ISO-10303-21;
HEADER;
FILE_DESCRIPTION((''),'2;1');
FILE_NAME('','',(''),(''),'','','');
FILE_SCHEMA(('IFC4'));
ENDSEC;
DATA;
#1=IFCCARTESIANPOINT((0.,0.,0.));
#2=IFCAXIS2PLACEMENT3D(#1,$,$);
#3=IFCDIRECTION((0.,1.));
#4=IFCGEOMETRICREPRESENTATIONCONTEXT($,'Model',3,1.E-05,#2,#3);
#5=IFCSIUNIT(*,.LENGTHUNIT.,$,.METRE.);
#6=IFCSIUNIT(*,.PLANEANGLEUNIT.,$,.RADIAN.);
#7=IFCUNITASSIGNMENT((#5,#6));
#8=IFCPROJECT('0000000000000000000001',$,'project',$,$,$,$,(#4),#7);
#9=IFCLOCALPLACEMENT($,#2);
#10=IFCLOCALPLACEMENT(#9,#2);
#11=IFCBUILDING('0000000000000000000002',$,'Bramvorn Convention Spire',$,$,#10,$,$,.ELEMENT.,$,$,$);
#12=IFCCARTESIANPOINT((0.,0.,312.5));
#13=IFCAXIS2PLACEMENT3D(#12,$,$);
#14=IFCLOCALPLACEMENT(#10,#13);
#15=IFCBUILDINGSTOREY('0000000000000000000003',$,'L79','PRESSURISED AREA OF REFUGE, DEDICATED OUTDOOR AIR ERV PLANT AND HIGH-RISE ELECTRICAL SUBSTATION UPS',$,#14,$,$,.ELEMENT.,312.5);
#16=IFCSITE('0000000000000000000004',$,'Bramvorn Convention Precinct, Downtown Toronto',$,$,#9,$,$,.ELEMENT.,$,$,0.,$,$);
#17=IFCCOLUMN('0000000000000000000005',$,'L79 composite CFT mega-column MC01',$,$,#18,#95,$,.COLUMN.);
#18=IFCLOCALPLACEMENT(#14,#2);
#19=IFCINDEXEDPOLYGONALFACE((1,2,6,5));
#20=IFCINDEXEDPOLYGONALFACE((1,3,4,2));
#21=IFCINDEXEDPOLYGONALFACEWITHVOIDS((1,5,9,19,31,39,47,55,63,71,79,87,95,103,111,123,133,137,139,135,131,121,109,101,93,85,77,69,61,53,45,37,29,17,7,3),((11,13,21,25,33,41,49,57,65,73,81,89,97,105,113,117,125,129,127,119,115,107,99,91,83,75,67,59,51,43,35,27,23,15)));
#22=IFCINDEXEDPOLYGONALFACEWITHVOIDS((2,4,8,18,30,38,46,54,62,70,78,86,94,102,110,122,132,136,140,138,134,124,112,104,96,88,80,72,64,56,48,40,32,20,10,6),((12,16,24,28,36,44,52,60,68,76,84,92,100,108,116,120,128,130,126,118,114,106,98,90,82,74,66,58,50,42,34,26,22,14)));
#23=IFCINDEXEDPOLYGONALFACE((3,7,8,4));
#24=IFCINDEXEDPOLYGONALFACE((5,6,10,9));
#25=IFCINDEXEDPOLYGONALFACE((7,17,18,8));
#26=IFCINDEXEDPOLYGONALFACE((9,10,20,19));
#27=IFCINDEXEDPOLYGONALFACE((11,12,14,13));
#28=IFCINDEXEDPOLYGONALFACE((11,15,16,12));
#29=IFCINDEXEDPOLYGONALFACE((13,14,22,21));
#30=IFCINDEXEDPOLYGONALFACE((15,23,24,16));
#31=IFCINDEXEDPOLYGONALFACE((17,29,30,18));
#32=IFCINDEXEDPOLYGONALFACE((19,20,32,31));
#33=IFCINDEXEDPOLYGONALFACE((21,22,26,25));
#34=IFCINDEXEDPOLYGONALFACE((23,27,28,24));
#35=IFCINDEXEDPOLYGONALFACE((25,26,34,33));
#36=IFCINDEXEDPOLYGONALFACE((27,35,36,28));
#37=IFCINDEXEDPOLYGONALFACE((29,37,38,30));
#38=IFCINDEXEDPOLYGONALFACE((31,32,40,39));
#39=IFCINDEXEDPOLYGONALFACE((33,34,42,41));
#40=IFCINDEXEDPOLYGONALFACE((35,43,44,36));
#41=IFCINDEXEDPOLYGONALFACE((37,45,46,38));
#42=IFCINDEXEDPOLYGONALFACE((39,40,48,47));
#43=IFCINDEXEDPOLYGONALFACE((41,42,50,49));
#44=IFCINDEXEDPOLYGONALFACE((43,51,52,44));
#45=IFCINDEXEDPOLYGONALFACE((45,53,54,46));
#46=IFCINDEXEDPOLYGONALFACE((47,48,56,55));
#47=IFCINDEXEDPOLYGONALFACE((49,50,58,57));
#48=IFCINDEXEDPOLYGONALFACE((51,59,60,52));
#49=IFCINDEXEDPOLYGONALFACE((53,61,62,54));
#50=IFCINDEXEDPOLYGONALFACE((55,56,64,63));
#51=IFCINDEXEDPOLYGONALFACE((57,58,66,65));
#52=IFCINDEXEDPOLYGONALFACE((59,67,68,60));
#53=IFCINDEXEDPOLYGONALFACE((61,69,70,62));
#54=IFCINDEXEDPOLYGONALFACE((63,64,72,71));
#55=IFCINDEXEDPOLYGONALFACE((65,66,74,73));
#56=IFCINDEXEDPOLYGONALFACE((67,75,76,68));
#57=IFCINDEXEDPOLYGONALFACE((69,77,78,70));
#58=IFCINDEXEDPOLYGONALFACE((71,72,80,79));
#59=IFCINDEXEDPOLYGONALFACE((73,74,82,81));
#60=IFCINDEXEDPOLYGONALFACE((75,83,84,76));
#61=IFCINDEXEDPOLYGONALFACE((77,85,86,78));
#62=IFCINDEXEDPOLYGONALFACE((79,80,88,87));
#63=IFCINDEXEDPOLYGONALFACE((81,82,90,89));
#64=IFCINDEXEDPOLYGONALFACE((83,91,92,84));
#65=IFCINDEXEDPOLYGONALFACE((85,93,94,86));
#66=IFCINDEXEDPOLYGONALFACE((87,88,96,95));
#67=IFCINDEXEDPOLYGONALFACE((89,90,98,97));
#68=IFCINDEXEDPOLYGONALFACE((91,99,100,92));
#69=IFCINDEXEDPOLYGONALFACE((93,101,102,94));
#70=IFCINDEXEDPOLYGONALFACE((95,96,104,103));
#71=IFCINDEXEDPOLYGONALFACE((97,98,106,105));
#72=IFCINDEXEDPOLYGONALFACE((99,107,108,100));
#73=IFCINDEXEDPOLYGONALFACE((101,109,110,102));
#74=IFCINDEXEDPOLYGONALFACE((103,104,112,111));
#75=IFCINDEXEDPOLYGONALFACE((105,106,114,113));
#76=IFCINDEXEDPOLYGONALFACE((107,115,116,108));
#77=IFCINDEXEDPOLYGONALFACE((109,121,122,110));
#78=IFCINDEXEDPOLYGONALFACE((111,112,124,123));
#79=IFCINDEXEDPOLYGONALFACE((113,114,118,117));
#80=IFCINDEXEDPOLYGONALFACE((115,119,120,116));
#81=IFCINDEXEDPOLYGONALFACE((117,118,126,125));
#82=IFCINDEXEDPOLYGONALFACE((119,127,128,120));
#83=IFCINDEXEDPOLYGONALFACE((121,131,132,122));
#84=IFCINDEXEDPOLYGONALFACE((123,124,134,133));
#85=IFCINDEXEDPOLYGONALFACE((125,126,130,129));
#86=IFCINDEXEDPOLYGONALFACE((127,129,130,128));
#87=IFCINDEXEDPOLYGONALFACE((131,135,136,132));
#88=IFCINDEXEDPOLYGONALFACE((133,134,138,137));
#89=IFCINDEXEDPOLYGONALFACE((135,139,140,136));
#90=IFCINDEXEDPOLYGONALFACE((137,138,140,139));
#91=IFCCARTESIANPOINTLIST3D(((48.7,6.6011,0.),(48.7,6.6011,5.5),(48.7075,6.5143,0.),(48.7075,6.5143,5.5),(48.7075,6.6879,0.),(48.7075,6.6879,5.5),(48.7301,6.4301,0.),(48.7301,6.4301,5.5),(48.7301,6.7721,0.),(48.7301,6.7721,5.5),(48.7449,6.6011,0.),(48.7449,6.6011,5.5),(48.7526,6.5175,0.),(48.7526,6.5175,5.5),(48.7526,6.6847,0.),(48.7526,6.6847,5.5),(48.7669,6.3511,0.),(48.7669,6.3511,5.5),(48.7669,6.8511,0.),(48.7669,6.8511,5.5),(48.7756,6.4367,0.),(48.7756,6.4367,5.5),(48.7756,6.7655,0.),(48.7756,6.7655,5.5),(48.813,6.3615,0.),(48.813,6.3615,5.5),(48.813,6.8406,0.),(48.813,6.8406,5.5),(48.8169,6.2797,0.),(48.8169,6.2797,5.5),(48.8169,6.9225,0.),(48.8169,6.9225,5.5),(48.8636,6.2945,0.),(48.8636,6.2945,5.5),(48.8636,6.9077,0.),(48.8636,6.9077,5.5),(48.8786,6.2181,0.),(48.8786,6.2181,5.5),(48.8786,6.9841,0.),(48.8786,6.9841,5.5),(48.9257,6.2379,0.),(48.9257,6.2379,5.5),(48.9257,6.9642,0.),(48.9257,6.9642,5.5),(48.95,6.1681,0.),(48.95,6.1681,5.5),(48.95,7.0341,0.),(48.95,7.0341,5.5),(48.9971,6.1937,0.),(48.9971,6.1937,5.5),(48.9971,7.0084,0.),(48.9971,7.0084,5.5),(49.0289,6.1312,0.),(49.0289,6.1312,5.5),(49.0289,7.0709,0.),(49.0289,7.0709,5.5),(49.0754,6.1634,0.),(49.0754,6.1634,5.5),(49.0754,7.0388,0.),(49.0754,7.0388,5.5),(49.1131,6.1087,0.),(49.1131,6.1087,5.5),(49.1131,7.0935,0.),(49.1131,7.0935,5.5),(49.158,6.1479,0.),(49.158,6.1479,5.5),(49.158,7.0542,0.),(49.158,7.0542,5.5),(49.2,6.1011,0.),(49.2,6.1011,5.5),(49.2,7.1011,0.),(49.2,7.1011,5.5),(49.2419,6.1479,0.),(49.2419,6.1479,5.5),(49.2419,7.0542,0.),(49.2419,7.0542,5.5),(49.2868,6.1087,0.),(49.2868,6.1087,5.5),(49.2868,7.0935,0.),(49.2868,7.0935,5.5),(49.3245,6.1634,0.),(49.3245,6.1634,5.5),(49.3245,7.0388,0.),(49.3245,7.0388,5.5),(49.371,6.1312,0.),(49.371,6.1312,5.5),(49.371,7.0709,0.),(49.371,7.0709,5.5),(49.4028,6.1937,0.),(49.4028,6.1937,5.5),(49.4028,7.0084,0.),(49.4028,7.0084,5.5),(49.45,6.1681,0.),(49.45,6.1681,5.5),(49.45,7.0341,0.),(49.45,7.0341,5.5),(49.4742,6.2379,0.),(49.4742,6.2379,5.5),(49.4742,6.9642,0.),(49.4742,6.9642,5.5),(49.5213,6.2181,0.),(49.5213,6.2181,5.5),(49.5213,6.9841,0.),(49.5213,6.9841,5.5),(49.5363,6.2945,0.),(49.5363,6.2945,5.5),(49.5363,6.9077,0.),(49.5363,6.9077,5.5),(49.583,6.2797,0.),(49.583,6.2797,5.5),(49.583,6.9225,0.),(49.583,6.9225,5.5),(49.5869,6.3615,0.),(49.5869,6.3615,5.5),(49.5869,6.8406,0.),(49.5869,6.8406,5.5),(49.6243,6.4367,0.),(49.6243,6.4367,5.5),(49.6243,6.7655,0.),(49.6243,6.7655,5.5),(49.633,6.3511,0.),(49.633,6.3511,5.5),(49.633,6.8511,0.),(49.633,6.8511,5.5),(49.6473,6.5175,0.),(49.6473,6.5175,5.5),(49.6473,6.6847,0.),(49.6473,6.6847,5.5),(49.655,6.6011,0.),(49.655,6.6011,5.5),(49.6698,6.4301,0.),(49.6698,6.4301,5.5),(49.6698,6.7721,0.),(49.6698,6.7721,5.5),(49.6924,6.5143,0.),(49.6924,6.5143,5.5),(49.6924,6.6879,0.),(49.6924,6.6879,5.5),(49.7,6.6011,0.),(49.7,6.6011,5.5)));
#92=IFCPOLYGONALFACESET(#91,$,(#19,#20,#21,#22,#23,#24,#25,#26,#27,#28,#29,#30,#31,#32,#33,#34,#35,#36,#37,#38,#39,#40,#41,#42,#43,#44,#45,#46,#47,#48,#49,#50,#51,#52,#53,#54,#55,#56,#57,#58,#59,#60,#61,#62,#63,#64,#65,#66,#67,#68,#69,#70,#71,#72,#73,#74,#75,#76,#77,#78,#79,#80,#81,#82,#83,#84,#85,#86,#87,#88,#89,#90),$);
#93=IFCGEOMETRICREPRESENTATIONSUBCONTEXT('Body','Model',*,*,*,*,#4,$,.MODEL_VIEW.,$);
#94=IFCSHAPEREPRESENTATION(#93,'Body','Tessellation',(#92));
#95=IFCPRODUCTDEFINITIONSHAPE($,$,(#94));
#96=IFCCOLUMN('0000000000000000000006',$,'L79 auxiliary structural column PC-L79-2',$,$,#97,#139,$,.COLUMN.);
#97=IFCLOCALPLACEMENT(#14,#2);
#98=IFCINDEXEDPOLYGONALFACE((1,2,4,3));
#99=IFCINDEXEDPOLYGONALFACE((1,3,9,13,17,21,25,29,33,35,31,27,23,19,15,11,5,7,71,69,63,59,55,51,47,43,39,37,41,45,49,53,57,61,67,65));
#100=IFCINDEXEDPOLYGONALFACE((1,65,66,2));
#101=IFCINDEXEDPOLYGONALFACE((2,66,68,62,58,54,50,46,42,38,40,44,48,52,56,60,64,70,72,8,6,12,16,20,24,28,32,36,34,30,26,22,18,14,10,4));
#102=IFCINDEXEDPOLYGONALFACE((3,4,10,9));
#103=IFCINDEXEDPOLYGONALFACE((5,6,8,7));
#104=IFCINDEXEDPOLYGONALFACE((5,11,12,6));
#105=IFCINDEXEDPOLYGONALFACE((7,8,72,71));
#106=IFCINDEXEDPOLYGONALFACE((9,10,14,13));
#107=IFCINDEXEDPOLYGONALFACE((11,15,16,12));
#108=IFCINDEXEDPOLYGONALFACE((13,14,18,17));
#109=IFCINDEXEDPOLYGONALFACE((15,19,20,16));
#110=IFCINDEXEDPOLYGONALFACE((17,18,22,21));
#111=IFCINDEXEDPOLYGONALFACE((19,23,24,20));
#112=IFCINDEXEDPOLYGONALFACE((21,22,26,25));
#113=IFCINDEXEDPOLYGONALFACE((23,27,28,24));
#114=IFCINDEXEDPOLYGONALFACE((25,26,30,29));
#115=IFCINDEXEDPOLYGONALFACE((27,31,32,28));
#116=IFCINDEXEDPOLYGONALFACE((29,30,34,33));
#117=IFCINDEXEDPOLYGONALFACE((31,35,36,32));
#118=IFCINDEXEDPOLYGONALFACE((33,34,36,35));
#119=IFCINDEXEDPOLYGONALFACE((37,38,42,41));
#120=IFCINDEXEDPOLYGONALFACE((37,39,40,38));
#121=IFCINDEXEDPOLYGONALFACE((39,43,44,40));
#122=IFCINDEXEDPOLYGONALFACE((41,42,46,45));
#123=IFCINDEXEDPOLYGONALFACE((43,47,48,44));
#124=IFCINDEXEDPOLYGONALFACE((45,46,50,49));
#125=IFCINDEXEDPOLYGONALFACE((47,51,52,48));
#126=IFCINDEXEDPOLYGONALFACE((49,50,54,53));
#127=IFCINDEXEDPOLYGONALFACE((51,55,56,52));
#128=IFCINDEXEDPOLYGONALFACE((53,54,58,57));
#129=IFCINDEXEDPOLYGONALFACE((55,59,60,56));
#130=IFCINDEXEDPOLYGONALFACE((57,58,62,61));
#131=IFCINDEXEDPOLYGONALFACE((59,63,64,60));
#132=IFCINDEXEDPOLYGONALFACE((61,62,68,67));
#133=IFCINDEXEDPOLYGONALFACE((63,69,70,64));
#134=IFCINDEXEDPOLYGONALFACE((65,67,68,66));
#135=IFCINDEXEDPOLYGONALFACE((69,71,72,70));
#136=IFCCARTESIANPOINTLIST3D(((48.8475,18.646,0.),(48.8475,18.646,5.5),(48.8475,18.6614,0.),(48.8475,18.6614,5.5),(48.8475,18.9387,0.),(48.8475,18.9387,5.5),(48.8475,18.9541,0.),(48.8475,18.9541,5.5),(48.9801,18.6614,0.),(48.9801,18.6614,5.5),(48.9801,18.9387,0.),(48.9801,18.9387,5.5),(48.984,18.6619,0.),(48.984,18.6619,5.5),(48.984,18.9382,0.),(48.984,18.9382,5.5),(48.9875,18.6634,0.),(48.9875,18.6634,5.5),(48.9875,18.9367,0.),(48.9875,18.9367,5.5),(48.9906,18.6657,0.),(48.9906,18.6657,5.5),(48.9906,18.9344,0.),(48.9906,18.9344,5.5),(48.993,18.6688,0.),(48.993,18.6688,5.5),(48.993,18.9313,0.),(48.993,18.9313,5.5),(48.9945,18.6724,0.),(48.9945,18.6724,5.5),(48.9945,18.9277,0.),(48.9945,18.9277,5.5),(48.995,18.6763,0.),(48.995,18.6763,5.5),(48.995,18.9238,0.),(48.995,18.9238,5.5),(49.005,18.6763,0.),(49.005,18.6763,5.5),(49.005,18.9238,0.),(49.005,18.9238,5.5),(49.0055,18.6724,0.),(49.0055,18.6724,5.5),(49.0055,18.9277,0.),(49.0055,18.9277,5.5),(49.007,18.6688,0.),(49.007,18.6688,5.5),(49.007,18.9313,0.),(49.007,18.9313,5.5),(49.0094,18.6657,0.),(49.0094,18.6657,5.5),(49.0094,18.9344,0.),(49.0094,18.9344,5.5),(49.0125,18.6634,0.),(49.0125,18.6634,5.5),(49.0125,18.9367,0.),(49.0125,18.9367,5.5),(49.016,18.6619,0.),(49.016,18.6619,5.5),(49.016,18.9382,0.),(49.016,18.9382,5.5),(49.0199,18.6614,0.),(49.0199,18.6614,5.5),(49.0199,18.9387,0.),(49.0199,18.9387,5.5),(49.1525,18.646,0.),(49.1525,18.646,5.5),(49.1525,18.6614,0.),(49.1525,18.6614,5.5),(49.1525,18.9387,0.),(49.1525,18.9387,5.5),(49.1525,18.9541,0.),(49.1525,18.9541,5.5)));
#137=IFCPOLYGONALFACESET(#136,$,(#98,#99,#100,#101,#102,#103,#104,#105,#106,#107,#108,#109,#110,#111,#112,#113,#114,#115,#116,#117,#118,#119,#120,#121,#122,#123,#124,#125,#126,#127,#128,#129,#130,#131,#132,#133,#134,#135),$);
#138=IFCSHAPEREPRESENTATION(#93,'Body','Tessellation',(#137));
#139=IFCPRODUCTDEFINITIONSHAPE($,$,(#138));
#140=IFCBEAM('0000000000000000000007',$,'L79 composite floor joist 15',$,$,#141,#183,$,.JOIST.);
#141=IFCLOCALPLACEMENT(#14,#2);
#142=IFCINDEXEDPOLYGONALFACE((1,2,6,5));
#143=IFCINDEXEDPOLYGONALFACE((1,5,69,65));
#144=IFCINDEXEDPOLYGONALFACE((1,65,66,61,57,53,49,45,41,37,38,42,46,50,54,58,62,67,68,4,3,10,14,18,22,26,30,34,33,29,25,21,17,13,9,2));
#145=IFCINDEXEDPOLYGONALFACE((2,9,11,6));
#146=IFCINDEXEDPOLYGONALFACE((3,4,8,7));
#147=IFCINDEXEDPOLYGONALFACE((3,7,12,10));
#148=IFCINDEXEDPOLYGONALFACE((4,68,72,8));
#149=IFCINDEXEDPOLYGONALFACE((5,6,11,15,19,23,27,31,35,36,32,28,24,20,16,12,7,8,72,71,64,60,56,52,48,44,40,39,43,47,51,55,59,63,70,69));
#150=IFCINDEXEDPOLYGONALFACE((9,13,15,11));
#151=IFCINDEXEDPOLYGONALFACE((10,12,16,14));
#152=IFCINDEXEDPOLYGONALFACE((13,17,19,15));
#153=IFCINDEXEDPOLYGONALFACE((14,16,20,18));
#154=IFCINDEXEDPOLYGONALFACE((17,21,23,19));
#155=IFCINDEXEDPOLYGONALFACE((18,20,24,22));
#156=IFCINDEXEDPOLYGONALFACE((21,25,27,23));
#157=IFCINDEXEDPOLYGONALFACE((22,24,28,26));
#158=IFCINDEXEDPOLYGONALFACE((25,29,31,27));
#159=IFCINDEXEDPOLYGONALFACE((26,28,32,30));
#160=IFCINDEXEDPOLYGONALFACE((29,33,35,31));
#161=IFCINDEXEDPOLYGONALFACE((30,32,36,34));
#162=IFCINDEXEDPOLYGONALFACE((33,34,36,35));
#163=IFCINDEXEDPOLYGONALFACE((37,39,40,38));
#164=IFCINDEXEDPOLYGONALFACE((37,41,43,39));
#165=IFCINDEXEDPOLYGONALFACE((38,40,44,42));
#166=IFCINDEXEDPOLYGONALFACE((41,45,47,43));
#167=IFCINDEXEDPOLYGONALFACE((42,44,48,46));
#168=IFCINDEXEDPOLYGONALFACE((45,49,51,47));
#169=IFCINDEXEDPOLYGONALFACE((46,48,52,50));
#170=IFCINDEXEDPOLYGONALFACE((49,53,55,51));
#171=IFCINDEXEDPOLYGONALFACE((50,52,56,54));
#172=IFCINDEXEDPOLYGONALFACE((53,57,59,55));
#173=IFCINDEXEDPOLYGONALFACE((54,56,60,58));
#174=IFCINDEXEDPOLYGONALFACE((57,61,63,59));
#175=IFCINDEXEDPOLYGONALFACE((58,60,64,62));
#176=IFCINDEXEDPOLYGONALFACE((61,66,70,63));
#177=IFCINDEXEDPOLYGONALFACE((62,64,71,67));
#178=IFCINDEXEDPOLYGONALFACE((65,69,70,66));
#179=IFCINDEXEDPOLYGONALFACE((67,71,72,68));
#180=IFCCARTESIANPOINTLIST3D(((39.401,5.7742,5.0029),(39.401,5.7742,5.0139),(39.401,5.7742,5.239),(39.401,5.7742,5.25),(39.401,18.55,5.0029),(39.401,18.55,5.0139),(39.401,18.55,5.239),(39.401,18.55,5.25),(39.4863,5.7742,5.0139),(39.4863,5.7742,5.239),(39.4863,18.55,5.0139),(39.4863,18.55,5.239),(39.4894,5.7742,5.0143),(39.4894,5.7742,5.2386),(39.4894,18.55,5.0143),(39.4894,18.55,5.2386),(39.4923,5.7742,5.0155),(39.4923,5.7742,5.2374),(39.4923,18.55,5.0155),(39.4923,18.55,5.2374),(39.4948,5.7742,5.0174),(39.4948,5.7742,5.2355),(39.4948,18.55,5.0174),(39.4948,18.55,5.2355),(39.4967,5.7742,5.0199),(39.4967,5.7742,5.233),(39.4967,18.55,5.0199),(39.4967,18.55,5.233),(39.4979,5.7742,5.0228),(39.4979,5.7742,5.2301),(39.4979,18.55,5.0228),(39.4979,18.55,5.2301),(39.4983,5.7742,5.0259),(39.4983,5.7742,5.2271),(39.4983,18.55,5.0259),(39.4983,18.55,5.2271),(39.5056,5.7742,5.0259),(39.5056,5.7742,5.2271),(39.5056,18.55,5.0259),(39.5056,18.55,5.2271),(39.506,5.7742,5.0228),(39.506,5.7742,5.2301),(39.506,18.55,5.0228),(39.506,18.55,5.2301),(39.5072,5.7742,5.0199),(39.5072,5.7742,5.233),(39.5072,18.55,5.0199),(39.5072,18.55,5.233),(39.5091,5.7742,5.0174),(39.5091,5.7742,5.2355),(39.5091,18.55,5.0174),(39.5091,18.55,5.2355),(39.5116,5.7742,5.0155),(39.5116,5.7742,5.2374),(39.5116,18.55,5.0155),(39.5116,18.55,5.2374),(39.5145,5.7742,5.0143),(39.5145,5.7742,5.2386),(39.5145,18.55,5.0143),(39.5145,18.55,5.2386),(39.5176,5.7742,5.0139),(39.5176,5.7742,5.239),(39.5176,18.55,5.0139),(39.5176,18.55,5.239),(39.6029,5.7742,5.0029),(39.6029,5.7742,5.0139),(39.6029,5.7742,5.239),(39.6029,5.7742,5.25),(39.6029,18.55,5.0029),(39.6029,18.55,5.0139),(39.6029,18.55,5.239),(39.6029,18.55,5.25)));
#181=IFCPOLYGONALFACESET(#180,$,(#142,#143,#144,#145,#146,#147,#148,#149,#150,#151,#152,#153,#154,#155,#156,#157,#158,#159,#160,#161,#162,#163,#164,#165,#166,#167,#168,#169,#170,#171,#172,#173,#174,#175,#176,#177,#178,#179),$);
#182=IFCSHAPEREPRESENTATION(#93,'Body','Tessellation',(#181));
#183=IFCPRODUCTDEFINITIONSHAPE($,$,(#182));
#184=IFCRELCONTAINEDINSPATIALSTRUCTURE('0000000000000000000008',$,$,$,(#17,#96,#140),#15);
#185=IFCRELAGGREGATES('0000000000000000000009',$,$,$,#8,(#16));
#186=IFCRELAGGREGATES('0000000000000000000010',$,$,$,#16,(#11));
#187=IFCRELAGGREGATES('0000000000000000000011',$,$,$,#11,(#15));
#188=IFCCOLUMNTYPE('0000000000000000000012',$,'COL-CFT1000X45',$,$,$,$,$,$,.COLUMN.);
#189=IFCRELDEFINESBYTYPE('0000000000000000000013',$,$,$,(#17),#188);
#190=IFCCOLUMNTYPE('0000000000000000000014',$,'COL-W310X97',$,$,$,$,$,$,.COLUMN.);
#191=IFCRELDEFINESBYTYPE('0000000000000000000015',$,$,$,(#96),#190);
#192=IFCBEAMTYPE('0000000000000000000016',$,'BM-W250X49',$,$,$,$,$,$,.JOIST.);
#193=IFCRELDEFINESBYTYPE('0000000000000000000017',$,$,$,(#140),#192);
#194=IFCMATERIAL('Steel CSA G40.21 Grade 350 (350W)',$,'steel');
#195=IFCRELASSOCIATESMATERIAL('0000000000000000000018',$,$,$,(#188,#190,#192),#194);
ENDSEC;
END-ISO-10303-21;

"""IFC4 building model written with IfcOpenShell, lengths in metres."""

from ifc_helpers import new_model, si_unit, direction, frame, origin, origin_2d, place, context, subcontext, project, spatial, hollow_circle, i_section, extrude, material, material_profile, profile_set, type_object, element, save


model = new_model("IFC4")

# Units and contexts
model_context = context("Model", 3, precision=1e-05, world=origin(), true_north=direction((0.0, 1.0)))
body_context = subcontext(model_context, "Body", "Model", "MODEL_VIEW")
ifc_project = project(units=[si_unit("LENGTHUNIT", "METRE"), si_unit("PLANEANGLEUNIT", "RADIAN")], contexts=[model_context])

# Site, building, storey
site_placement = place(None, origin())
site = spatial("IfcSite", under=ifc_project, at=site_placement, Name="Bramvorn Convention Precinct, Downtown Toronto", CompositionType="ELEMENT", RefElevation=0.0)
building_placement = place(site_placement, origin())
building = spatial("IfcBuilding", under=site, at=building_placement, Name="Bramvorn Convention Spire", CompositionType="ELEMENT")
storey_placement = place(building_placement, frame((0.0, 0.0, 312.5)))
storey = spatial("IfcBuildingStorey", under=building, at=storey_placement, Name="L79", Description="PRESSURISED AREA OF REFUGE, DEDICATED OUTDOOR AIR ERV PLANT AND HIGH-RISE ELECTRICAL SUBSTATION UPS", CompositionType="ELEMENT", Elevation=312.5)

# Columns
ifc_material_1 = material(Name="Steel CSA G40.21 Grade 350 (350W)", Category="steel")
ifc_material_profile_1 = material_profile(ifc_material_1, hollow_circle(Radius=0.5, WallThickness=0.0449, at=origin_2d()))
ifc_profile_set_1 = profile_set([ifc_material_profile_1], Name="Steel CSA G40.21 Grade 350 (350W) - CFT1000X45")
column_type_1 = type_object("IfcColumnType", Name="COL-CFT1000X45", PredefinedType="COLUMN", material=ifc_profile_set_1)
column_1_placement = place(storey_placement, frame((49.2, 6.6011, 0.0), z_axis=(0.0, 0.0, 1.0), x_axis=(1.0, 0.0, 0.0)))
element("IfcColumn", 1, at=column_1_placement, inside=storey, type_object=column_type_1, Name="L79 composite CFT mega-column MC01", PredefinedType="COLUMN", context=body_context, shape_type="SweptSolid", body=[
    extrude(hollow_circle(Radius=0.5, WallThickness=0.0449, at=origin_2d()), origin(), (0.0, 0.0, 1.0), 5.5),
])
ifc_material_profile_2 = material_profile(ifc_material_1, i_section(OverallWidth=0.3049, OverallDepth=0.3081, WebThickness=0.01, FlangeThickness=0.0154, FilletRadius=0.0149, at=origin_2d()))
ifc_profile_set_2 = profile_set([ifc_material_profile_2], Name="Steel CSA G40.21 Grade 350 (350W) - W310X97")
column_type_2 = type_object("IfcColumnType", Name="COL-W310X97", PredefinedType="COLUMN", material=ifc_profile_set_2)
column_2_placement = place(storey_placement, frame((49.0, 18.8, 0.0), z_axis=(0.0, 0.0, 1.0), x_axis=(1.0, 0.0, 0.0)))
element("IfcColumn", 2, at=column_2_placement, inside=storey, type_object=column_type_2, Name="L79 auxiliary structural column PC-L79-2", PredefinedType="COLUMN", context=body_context, shape_type="SweptSolid", body=[
    extrude(i_section(OverallWidth=0.3049, OverallDepth=0.3081, WebThickness=0.01, FlangeThickness=0.0154, FilletRadius=0.0149, at=origin_2d()), origin(), (0.0, 0.0, 1.0), 5.5),
])

# Beam
ifc_material_profile_3 = material_profile(ifc_material_1, i_section(OverallWidth=0.2019, OverallDepth=0.2471, WebThickness=0.0073, FlangeThickness=0.011, FilletRadius=0.012, at=origin_2d()))
ifc_profile_set_3 = profile_set([ifc_material_profile_3], Name="Steel CSA G40.21 Grade 350 (350W) - W250X49")
beam_type_1 = type_object("IfcBeamType", Name="BM-W250X49", PredefinedType="JOIST", material=ifc_profile_set_3)
beam_1_placement = place(storey_placement, frame((39.502, 18.55, 5.1265), z_axis=(0.0, -1.0, 0.0), x_axis=(1.0, 0.0, 0.0)))
element("IfcBeam", 3, at=beam_1_placement, inside=storey, type_object=beam_type_1, Name="L79 composite floor joist 15", PredefinedType="JOIST", context=body_context, shape_type="SweptSolid", body=[
    extrude(i_section(OverallWidth=0.2019, OverallDepth=0.2471, WebThickness=0.0073, FlangeThickness=0.011, FilletRadius=0.012, at=origin_2d()), origin(), (0.0, 0.0, 1.0), 12.7759),
])

save(model, "model.ifc")
